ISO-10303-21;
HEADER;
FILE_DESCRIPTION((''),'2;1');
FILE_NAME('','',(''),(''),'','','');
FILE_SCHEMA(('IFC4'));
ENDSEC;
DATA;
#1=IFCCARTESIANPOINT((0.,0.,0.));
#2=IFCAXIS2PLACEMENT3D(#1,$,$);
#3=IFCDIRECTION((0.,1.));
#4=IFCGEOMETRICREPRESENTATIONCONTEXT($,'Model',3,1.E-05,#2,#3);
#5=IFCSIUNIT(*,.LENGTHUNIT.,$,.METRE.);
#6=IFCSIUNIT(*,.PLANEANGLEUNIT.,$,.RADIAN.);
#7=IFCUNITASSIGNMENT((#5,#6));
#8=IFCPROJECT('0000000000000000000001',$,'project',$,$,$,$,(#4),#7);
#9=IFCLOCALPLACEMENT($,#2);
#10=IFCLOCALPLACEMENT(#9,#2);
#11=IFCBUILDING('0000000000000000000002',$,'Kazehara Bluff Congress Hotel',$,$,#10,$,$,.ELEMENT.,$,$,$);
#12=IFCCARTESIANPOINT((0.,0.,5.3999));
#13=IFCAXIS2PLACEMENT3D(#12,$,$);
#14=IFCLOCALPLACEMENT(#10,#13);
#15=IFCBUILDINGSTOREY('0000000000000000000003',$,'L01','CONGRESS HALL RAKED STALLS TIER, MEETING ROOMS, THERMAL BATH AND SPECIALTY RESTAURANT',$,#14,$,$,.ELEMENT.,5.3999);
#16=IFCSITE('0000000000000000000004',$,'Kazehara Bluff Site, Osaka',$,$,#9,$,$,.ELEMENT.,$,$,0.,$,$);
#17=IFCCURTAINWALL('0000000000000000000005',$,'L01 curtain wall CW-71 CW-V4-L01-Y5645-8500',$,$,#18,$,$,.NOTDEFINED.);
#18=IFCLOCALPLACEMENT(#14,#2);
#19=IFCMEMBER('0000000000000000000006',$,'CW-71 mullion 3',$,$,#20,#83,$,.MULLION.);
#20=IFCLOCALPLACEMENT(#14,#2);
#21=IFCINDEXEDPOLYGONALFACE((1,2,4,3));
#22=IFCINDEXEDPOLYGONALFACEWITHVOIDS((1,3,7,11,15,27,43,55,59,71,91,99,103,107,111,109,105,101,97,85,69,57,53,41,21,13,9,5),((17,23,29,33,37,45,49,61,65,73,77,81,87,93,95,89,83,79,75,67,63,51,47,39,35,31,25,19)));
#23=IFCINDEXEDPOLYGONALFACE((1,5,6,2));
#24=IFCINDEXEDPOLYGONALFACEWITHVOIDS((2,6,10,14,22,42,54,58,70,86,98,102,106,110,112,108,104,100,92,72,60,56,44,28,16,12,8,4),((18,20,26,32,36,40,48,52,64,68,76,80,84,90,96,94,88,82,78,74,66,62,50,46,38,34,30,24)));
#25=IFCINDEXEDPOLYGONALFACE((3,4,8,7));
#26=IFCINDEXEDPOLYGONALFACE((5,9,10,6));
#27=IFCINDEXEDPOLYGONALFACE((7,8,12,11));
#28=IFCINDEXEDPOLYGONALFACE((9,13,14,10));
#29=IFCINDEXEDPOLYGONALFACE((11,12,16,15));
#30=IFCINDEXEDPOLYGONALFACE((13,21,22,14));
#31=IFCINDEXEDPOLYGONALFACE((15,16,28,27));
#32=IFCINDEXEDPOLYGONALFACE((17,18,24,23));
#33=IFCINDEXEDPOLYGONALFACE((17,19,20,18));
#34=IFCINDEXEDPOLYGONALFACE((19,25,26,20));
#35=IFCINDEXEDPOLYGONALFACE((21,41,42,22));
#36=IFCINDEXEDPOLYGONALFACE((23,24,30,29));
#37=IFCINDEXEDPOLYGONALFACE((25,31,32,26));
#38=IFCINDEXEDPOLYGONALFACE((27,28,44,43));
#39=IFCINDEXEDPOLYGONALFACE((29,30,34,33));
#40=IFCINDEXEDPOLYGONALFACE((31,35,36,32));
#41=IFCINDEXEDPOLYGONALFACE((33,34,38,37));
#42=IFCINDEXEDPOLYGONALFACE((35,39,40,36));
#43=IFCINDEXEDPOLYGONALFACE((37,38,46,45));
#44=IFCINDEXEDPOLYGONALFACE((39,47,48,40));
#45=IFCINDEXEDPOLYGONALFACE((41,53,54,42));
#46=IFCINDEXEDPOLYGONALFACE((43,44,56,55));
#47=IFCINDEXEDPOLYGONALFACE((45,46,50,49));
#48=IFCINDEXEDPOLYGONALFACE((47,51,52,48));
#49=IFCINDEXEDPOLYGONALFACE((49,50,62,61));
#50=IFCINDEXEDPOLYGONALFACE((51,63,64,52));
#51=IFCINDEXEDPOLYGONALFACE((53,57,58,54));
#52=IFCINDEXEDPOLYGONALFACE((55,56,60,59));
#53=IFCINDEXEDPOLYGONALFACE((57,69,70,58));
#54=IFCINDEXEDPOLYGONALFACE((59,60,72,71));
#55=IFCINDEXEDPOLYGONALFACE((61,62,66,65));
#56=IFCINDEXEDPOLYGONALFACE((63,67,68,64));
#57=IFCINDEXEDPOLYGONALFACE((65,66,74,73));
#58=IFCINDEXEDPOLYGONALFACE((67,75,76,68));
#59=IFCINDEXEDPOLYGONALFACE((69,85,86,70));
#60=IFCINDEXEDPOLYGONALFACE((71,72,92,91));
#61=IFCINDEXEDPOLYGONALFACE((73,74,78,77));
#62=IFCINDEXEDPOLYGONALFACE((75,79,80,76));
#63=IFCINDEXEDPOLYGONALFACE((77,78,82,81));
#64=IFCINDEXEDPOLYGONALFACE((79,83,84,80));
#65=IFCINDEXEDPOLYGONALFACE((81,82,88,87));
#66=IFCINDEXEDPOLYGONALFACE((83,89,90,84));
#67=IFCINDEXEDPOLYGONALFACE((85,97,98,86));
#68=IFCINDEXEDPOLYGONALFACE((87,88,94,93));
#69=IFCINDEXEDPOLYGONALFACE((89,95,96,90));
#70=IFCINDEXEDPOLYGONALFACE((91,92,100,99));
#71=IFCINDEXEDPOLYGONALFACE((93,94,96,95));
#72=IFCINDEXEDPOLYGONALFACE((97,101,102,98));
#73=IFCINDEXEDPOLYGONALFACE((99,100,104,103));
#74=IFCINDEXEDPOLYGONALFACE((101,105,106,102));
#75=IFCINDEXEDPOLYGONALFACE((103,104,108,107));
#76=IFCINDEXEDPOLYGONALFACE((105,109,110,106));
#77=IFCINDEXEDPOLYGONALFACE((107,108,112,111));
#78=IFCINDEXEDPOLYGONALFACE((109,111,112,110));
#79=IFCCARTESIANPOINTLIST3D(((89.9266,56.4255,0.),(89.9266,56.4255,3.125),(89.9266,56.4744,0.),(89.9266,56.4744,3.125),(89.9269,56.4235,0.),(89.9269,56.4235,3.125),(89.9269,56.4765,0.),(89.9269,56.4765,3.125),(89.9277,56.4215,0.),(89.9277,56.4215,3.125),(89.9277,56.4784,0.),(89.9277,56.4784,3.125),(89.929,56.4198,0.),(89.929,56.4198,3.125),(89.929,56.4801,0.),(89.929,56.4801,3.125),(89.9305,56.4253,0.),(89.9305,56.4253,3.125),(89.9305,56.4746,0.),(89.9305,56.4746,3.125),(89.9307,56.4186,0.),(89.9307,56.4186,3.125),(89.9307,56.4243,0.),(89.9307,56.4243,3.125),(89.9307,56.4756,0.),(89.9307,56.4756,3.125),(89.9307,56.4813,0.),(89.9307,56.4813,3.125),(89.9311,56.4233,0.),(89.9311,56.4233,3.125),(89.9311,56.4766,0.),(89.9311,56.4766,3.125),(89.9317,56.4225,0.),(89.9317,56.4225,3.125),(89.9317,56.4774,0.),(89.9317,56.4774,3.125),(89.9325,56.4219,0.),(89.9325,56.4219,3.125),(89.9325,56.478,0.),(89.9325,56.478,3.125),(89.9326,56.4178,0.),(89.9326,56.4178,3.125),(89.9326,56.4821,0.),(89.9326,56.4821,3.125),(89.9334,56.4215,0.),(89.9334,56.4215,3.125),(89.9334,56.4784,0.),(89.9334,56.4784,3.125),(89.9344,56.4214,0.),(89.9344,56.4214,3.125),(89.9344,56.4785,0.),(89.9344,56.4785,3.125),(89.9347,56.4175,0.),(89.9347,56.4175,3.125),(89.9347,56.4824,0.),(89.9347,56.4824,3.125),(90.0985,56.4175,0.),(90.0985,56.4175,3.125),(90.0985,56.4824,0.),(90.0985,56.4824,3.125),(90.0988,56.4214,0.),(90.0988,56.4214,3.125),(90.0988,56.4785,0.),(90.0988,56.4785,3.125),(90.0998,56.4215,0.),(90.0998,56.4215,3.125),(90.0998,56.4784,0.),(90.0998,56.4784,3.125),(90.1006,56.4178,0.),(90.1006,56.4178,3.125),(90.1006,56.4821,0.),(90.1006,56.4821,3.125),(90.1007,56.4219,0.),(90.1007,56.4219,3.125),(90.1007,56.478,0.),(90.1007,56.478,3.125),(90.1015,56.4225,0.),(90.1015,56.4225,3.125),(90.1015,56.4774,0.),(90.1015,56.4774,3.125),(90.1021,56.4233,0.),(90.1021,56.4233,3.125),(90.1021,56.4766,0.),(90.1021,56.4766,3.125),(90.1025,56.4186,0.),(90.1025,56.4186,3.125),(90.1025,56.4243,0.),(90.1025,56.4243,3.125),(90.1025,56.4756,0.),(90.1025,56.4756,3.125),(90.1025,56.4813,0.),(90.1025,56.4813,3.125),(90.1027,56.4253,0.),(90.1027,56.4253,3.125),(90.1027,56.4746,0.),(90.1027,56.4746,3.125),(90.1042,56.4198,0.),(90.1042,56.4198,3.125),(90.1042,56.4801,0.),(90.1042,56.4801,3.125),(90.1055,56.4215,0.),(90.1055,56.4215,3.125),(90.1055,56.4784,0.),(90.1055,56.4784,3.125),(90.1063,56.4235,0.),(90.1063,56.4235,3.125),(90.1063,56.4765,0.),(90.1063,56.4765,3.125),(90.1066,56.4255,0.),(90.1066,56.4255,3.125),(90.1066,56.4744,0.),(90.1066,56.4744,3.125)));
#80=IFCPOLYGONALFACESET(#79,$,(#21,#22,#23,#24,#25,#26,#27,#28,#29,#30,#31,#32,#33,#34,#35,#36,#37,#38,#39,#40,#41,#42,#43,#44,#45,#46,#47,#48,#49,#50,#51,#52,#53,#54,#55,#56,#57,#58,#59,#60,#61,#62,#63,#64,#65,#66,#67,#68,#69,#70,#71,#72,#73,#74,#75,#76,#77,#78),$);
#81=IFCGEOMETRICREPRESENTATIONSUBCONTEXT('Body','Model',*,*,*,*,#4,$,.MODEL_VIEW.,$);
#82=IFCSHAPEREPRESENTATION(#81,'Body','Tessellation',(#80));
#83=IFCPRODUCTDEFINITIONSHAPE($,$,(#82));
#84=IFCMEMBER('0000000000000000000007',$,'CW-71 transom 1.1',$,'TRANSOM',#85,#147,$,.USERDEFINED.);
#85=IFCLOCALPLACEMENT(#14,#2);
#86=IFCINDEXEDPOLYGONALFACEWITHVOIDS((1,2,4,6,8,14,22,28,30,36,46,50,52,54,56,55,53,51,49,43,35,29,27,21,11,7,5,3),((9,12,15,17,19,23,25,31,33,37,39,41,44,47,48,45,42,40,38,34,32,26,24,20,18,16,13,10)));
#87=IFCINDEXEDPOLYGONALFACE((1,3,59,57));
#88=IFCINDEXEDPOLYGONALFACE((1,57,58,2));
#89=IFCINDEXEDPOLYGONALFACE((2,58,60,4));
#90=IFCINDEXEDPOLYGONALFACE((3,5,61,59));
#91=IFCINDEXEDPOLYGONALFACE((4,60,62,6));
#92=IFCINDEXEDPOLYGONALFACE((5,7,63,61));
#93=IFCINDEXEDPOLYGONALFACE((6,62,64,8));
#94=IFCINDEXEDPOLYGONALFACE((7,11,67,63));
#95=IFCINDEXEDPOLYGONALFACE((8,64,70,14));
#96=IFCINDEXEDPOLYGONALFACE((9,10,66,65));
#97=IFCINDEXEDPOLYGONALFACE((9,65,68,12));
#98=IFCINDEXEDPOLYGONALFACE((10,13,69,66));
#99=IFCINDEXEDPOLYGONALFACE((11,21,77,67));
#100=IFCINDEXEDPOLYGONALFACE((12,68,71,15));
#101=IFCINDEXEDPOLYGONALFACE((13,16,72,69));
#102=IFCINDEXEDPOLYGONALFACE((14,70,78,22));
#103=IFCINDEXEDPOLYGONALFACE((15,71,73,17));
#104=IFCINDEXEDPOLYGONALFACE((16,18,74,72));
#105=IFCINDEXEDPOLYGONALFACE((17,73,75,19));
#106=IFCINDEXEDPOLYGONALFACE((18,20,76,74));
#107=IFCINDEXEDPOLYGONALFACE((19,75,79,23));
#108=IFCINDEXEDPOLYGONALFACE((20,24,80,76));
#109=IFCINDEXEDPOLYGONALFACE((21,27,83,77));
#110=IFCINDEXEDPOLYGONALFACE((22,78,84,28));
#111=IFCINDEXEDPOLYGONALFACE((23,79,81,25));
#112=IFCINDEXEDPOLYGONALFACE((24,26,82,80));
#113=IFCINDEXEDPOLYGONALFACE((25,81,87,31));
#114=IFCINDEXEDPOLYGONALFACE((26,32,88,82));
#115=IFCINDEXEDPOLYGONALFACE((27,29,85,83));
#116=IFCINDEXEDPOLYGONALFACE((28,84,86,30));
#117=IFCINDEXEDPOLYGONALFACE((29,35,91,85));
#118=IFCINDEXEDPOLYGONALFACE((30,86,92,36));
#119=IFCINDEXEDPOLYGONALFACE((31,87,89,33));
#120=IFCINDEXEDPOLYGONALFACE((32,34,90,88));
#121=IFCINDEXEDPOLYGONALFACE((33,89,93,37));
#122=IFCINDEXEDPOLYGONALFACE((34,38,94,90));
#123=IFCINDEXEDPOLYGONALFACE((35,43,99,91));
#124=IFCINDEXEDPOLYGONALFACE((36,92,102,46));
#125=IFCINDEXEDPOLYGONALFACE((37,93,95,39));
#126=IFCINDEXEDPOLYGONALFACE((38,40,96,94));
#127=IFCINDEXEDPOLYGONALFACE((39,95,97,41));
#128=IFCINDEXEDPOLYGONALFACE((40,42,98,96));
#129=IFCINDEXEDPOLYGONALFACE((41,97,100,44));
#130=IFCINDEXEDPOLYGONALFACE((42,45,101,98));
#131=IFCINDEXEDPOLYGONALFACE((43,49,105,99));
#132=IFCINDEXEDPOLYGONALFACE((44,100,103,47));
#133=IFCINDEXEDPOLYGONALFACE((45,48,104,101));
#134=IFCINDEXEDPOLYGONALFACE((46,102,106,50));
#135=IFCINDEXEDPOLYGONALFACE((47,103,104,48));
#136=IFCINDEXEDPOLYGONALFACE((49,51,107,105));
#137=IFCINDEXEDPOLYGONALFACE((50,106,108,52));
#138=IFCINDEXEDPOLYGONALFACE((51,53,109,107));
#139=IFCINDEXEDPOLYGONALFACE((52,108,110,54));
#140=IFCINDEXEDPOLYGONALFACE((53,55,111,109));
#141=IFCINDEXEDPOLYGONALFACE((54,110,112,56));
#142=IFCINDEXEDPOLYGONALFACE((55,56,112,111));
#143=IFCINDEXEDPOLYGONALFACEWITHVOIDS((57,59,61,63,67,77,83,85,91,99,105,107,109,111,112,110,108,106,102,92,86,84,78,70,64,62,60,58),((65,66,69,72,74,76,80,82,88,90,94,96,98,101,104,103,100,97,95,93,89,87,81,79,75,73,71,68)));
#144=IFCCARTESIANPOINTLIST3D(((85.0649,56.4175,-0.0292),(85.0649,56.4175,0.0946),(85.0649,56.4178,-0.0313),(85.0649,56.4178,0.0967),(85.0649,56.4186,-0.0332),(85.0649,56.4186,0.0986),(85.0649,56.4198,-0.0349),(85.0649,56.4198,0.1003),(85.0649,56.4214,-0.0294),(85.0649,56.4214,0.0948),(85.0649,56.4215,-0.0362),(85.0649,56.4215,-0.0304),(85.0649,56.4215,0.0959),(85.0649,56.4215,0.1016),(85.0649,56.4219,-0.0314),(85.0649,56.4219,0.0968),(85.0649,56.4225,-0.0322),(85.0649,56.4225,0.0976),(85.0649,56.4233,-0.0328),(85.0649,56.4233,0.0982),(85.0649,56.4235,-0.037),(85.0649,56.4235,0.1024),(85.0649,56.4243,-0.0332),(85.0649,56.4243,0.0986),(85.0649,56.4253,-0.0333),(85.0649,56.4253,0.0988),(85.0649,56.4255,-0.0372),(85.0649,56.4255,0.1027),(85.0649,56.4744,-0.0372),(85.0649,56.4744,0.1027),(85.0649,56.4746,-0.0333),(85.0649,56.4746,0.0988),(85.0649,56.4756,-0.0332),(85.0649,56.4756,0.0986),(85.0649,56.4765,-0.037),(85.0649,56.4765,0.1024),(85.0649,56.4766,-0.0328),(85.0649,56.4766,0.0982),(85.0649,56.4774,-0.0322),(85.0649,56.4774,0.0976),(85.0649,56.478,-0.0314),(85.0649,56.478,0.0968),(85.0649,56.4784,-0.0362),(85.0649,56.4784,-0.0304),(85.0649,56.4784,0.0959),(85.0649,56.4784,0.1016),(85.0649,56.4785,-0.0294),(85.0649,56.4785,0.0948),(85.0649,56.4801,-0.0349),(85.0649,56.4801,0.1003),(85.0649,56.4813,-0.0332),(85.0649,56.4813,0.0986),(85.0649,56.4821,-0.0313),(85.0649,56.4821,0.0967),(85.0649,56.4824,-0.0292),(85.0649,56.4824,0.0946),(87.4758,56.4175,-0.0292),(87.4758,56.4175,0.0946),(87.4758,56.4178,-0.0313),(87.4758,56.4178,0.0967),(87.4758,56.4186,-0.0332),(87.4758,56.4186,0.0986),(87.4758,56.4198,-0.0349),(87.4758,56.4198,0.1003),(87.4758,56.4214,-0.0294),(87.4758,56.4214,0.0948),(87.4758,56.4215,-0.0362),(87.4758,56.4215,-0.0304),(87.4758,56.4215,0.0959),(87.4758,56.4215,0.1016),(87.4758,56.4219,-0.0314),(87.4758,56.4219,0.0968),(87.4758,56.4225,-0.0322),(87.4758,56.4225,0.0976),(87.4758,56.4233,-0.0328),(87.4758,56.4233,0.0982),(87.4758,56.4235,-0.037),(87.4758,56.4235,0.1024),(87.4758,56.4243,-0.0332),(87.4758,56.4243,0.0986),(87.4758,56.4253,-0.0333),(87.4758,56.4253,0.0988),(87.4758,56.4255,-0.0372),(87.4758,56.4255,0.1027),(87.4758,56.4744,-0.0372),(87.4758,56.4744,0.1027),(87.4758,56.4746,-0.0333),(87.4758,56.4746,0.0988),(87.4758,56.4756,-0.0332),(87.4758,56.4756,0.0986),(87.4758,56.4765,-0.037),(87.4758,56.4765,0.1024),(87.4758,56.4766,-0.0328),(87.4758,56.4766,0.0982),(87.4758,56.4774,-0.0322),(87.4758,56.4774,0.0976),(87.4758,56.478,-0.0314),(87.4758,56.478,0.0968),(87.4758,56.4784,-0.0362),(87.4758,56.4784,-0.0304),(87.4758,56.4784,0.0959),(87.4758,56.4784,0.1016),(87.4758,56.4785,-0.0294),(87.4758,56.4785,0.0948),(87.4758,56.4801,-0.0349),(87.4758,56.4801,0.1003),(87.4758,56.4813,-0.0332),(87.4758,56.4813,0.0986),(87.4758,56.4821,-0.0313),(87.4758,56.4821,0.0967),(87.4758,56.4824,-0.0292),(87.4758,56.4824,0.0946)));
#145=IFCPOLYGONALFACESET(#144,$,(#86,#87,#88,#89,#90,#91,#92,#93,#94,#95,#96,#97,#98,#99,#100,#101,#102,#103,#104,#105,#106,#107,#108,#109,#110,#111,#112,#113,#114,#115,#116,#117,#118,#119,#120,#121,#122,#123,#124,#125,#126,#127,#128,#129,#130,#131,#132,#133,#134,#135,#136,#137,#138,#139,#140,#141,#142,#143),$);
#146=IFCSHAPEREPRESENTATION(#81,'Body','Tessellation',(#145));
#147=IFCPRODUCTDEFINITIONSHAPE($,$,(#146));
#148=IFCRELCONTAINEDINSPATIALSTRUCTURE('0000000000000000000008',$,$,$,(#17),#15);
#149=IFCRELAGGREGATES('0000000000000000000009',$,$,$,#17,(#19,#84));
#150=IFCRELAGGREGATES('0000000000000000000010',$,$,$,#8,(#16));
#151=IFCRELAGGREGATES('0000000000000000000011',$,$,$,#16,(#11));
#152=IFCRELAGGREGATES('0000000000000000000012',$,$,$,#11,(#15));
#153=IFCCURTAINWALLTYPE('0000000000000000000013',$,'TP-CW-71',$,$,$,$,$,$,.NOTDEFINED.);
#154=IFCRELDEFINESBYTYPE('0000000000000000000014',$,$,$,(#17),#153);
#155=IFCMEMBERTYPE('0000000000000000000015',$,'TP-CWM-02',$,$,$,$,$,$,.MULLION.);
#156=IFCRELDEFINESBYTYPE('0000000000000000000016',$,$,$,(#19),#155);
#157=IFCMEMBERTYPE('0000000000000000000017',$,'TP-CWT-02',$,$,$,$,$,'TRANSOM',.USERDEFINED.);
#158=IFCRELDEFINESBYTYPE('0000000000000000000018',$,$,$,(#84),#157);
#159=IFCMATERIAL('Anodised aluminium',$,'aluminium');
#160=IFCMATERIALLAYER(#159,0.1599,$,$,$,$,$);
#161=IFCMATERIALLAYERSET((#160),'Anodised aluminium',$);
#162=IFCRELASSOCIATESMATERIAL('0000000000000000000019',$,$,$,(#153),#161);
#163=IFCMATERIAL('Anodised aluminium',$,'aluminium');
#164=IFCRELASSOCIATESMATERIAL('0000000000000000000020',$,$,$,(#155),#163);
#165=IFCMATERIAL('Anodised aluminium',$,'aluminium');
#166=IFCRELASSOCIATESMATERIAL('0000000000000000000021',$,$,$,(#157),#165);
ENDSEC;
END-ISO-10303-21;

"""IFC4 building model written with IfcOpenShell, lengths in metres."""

from ifc_helpers import new_model, si_unit, direction, frame, origin, origin_2d, place, context, subcontext, project, spatial, hollow_rectangle, extrude, material, layer, layer_set, material_profile, profile_set, type_object, element, aggregate, save


model = new_model("IFC4")

# Units and contexts
model_context = context("Model", 3, precision=1e-05, world=origin(), true_north=direction((0.0, 1.0)))
body_context = subcontext(model_context, "Body", "Model", "MODEL_VIEW")
ifc_project = project(units=[si_unit("LENGTHUNIT", "METRE"), si_unit("PLANEANGLEUNIT", "RADIAN")], contexts=[model_context])

# Site, building, storey
site_placement = place(None, origin())
site = spatial("IfcSite", under=ifc_project, at=site_placement, Name="Kazehara Bluff Site, Osaka", CompositionType="ELEMENT", RefElevation=0.0)
building_placement = place(site_placement, origin())
building = spatial("IfcBuilding", under=site, at=building_placement, Name="Kazehara Bluff Congress Hotel", CompositionType="ELEMENT")
storey_placement = place(building_placement, frame((0.0, 0.0, 5.3999)))
storey = spatial("IfcBuildingStorey", under=building, at=storey_placement, Name="L01", Description="CONGRESS HALL RAKED STALLS TIER, MEETING ROOMS, THERMAL BATH AND SPECIALTY RESTAURANT", CompositionType="ELEMENT", Elevation=5.3999)

# Curtain wall, members
ifc_material_1 = material(Name="Anodised aluminium", Category="aluminium")
ifc_layer_1 = layer(ifc_material_1, 0.1599)
ifc_layer_set_1 = layer_set([ifc_layer_1], Name="Anodised aluminium")
curtain_wall_type = type_object("IfcCurtainWallType", Name="TP-CW-71", PredefinedType="NOTDEFINED", material=ifc_layer_set_1)
curtain_wall_placement = place(storey_placement, origin())
curtain_wall = element("IfcCurtainWall", 1, at=curtain_wall_placement, inside=storey, type_object=curtain_wall_type, Name="L01 curtain wall CW-71 CW-V4-L01-Y5645-8500", PredefinedType="NOTDEFINED")
ifc_material_2 = material(Name="Anodised aluminium", Category="aluminium")
ifc_material_profile_1 = material_profile(ifc_material_2, hollow_rectangle(XDim=0.0649, YDim=0.1799, WallThickness=0.0039, InnerFilletRadius=0.0039, OuterFilletRadius=0.0081, at=origin_2d()))
ifc_profile_set_1 = profile_set([ifc_material_profile_1], Name="Anodised aluminium")
member_type_1 = type_object("IfcMemberType", Name="TP-CWM-02", PredefinedType="MULLION", material=ifc_profile_set_1)
member_1_placement = place(storey_placement, frame((90.0166, 56.45, 0.0), z_axis=(0.0, 0.0, 1.0), x_axis=(0.0, 1.0, 0.0)))
member_1 = element("IfcMember", 2, at=member_1_placement, type_object=member_type_1, Name="CW-71 mullion 3", PredefinedType="MULLION", context=body_context, shape_type="SweptSolid", body=[
    extrude(hollow_rectangle(XDim=0.0649, YDim=0.1799, WallThickness=0.0039, InnerFilletRadius=0.0039, OuterFilletRadius=0.0081, at=origin_2d()), origin(), (0.0, 0.0, 1.0), 3.125),
])
ifc_material_3 = material(Name="Anodised aluminium", Category="aluminium")
ifc_material_profile_2 = material_profile(ifc_material_3, hollow_rectangle(XDim=0.0649, YDim=0.1399, WallThickness=0.0039, InnerFilletRadius=0.0039, OuterFilletRadius=0.0081, at=origin_2d()))
ifc_profile_set_2 = profile_set([ifc_material_profile_2], Name="Anodised aluminium")
member_type_2 = type_object("IfcMemberType", Name="TP-CWT-02", ElementType="TRANSOM", PredefinedType="USERDEFINED", material=ifc_profile_set_2)
member_2_placement = place(storey_placement, frame((85.0649, 56.45, 0.0327), z_axis=(1.0, 0.0, 0.0), x_axis=(0.0, 1.0, 0.0)))
member_2 = element("IfcMember", 3, at=member_2_placement, type_object=member_type_2, Name="CW-71 transom 1.1", ObjectType="TRANSOM", PredefinedType="USERDEFINED", context=body_context, shape_type="SweptSolid", body=[
    extrude(hollow_rectangle(XDim=0.0649, YDim=0.1399, WallThickness=0.0039, InnerFilletRadius=0.0039, OuterFilletRadius=0.0081, at=origin_2d()), origin(), (0.0, 0.0, 1.0), 2.4109),
])

aggregate(curtain_wall, [member_1, member_2])

save(model, "model.ifc")
